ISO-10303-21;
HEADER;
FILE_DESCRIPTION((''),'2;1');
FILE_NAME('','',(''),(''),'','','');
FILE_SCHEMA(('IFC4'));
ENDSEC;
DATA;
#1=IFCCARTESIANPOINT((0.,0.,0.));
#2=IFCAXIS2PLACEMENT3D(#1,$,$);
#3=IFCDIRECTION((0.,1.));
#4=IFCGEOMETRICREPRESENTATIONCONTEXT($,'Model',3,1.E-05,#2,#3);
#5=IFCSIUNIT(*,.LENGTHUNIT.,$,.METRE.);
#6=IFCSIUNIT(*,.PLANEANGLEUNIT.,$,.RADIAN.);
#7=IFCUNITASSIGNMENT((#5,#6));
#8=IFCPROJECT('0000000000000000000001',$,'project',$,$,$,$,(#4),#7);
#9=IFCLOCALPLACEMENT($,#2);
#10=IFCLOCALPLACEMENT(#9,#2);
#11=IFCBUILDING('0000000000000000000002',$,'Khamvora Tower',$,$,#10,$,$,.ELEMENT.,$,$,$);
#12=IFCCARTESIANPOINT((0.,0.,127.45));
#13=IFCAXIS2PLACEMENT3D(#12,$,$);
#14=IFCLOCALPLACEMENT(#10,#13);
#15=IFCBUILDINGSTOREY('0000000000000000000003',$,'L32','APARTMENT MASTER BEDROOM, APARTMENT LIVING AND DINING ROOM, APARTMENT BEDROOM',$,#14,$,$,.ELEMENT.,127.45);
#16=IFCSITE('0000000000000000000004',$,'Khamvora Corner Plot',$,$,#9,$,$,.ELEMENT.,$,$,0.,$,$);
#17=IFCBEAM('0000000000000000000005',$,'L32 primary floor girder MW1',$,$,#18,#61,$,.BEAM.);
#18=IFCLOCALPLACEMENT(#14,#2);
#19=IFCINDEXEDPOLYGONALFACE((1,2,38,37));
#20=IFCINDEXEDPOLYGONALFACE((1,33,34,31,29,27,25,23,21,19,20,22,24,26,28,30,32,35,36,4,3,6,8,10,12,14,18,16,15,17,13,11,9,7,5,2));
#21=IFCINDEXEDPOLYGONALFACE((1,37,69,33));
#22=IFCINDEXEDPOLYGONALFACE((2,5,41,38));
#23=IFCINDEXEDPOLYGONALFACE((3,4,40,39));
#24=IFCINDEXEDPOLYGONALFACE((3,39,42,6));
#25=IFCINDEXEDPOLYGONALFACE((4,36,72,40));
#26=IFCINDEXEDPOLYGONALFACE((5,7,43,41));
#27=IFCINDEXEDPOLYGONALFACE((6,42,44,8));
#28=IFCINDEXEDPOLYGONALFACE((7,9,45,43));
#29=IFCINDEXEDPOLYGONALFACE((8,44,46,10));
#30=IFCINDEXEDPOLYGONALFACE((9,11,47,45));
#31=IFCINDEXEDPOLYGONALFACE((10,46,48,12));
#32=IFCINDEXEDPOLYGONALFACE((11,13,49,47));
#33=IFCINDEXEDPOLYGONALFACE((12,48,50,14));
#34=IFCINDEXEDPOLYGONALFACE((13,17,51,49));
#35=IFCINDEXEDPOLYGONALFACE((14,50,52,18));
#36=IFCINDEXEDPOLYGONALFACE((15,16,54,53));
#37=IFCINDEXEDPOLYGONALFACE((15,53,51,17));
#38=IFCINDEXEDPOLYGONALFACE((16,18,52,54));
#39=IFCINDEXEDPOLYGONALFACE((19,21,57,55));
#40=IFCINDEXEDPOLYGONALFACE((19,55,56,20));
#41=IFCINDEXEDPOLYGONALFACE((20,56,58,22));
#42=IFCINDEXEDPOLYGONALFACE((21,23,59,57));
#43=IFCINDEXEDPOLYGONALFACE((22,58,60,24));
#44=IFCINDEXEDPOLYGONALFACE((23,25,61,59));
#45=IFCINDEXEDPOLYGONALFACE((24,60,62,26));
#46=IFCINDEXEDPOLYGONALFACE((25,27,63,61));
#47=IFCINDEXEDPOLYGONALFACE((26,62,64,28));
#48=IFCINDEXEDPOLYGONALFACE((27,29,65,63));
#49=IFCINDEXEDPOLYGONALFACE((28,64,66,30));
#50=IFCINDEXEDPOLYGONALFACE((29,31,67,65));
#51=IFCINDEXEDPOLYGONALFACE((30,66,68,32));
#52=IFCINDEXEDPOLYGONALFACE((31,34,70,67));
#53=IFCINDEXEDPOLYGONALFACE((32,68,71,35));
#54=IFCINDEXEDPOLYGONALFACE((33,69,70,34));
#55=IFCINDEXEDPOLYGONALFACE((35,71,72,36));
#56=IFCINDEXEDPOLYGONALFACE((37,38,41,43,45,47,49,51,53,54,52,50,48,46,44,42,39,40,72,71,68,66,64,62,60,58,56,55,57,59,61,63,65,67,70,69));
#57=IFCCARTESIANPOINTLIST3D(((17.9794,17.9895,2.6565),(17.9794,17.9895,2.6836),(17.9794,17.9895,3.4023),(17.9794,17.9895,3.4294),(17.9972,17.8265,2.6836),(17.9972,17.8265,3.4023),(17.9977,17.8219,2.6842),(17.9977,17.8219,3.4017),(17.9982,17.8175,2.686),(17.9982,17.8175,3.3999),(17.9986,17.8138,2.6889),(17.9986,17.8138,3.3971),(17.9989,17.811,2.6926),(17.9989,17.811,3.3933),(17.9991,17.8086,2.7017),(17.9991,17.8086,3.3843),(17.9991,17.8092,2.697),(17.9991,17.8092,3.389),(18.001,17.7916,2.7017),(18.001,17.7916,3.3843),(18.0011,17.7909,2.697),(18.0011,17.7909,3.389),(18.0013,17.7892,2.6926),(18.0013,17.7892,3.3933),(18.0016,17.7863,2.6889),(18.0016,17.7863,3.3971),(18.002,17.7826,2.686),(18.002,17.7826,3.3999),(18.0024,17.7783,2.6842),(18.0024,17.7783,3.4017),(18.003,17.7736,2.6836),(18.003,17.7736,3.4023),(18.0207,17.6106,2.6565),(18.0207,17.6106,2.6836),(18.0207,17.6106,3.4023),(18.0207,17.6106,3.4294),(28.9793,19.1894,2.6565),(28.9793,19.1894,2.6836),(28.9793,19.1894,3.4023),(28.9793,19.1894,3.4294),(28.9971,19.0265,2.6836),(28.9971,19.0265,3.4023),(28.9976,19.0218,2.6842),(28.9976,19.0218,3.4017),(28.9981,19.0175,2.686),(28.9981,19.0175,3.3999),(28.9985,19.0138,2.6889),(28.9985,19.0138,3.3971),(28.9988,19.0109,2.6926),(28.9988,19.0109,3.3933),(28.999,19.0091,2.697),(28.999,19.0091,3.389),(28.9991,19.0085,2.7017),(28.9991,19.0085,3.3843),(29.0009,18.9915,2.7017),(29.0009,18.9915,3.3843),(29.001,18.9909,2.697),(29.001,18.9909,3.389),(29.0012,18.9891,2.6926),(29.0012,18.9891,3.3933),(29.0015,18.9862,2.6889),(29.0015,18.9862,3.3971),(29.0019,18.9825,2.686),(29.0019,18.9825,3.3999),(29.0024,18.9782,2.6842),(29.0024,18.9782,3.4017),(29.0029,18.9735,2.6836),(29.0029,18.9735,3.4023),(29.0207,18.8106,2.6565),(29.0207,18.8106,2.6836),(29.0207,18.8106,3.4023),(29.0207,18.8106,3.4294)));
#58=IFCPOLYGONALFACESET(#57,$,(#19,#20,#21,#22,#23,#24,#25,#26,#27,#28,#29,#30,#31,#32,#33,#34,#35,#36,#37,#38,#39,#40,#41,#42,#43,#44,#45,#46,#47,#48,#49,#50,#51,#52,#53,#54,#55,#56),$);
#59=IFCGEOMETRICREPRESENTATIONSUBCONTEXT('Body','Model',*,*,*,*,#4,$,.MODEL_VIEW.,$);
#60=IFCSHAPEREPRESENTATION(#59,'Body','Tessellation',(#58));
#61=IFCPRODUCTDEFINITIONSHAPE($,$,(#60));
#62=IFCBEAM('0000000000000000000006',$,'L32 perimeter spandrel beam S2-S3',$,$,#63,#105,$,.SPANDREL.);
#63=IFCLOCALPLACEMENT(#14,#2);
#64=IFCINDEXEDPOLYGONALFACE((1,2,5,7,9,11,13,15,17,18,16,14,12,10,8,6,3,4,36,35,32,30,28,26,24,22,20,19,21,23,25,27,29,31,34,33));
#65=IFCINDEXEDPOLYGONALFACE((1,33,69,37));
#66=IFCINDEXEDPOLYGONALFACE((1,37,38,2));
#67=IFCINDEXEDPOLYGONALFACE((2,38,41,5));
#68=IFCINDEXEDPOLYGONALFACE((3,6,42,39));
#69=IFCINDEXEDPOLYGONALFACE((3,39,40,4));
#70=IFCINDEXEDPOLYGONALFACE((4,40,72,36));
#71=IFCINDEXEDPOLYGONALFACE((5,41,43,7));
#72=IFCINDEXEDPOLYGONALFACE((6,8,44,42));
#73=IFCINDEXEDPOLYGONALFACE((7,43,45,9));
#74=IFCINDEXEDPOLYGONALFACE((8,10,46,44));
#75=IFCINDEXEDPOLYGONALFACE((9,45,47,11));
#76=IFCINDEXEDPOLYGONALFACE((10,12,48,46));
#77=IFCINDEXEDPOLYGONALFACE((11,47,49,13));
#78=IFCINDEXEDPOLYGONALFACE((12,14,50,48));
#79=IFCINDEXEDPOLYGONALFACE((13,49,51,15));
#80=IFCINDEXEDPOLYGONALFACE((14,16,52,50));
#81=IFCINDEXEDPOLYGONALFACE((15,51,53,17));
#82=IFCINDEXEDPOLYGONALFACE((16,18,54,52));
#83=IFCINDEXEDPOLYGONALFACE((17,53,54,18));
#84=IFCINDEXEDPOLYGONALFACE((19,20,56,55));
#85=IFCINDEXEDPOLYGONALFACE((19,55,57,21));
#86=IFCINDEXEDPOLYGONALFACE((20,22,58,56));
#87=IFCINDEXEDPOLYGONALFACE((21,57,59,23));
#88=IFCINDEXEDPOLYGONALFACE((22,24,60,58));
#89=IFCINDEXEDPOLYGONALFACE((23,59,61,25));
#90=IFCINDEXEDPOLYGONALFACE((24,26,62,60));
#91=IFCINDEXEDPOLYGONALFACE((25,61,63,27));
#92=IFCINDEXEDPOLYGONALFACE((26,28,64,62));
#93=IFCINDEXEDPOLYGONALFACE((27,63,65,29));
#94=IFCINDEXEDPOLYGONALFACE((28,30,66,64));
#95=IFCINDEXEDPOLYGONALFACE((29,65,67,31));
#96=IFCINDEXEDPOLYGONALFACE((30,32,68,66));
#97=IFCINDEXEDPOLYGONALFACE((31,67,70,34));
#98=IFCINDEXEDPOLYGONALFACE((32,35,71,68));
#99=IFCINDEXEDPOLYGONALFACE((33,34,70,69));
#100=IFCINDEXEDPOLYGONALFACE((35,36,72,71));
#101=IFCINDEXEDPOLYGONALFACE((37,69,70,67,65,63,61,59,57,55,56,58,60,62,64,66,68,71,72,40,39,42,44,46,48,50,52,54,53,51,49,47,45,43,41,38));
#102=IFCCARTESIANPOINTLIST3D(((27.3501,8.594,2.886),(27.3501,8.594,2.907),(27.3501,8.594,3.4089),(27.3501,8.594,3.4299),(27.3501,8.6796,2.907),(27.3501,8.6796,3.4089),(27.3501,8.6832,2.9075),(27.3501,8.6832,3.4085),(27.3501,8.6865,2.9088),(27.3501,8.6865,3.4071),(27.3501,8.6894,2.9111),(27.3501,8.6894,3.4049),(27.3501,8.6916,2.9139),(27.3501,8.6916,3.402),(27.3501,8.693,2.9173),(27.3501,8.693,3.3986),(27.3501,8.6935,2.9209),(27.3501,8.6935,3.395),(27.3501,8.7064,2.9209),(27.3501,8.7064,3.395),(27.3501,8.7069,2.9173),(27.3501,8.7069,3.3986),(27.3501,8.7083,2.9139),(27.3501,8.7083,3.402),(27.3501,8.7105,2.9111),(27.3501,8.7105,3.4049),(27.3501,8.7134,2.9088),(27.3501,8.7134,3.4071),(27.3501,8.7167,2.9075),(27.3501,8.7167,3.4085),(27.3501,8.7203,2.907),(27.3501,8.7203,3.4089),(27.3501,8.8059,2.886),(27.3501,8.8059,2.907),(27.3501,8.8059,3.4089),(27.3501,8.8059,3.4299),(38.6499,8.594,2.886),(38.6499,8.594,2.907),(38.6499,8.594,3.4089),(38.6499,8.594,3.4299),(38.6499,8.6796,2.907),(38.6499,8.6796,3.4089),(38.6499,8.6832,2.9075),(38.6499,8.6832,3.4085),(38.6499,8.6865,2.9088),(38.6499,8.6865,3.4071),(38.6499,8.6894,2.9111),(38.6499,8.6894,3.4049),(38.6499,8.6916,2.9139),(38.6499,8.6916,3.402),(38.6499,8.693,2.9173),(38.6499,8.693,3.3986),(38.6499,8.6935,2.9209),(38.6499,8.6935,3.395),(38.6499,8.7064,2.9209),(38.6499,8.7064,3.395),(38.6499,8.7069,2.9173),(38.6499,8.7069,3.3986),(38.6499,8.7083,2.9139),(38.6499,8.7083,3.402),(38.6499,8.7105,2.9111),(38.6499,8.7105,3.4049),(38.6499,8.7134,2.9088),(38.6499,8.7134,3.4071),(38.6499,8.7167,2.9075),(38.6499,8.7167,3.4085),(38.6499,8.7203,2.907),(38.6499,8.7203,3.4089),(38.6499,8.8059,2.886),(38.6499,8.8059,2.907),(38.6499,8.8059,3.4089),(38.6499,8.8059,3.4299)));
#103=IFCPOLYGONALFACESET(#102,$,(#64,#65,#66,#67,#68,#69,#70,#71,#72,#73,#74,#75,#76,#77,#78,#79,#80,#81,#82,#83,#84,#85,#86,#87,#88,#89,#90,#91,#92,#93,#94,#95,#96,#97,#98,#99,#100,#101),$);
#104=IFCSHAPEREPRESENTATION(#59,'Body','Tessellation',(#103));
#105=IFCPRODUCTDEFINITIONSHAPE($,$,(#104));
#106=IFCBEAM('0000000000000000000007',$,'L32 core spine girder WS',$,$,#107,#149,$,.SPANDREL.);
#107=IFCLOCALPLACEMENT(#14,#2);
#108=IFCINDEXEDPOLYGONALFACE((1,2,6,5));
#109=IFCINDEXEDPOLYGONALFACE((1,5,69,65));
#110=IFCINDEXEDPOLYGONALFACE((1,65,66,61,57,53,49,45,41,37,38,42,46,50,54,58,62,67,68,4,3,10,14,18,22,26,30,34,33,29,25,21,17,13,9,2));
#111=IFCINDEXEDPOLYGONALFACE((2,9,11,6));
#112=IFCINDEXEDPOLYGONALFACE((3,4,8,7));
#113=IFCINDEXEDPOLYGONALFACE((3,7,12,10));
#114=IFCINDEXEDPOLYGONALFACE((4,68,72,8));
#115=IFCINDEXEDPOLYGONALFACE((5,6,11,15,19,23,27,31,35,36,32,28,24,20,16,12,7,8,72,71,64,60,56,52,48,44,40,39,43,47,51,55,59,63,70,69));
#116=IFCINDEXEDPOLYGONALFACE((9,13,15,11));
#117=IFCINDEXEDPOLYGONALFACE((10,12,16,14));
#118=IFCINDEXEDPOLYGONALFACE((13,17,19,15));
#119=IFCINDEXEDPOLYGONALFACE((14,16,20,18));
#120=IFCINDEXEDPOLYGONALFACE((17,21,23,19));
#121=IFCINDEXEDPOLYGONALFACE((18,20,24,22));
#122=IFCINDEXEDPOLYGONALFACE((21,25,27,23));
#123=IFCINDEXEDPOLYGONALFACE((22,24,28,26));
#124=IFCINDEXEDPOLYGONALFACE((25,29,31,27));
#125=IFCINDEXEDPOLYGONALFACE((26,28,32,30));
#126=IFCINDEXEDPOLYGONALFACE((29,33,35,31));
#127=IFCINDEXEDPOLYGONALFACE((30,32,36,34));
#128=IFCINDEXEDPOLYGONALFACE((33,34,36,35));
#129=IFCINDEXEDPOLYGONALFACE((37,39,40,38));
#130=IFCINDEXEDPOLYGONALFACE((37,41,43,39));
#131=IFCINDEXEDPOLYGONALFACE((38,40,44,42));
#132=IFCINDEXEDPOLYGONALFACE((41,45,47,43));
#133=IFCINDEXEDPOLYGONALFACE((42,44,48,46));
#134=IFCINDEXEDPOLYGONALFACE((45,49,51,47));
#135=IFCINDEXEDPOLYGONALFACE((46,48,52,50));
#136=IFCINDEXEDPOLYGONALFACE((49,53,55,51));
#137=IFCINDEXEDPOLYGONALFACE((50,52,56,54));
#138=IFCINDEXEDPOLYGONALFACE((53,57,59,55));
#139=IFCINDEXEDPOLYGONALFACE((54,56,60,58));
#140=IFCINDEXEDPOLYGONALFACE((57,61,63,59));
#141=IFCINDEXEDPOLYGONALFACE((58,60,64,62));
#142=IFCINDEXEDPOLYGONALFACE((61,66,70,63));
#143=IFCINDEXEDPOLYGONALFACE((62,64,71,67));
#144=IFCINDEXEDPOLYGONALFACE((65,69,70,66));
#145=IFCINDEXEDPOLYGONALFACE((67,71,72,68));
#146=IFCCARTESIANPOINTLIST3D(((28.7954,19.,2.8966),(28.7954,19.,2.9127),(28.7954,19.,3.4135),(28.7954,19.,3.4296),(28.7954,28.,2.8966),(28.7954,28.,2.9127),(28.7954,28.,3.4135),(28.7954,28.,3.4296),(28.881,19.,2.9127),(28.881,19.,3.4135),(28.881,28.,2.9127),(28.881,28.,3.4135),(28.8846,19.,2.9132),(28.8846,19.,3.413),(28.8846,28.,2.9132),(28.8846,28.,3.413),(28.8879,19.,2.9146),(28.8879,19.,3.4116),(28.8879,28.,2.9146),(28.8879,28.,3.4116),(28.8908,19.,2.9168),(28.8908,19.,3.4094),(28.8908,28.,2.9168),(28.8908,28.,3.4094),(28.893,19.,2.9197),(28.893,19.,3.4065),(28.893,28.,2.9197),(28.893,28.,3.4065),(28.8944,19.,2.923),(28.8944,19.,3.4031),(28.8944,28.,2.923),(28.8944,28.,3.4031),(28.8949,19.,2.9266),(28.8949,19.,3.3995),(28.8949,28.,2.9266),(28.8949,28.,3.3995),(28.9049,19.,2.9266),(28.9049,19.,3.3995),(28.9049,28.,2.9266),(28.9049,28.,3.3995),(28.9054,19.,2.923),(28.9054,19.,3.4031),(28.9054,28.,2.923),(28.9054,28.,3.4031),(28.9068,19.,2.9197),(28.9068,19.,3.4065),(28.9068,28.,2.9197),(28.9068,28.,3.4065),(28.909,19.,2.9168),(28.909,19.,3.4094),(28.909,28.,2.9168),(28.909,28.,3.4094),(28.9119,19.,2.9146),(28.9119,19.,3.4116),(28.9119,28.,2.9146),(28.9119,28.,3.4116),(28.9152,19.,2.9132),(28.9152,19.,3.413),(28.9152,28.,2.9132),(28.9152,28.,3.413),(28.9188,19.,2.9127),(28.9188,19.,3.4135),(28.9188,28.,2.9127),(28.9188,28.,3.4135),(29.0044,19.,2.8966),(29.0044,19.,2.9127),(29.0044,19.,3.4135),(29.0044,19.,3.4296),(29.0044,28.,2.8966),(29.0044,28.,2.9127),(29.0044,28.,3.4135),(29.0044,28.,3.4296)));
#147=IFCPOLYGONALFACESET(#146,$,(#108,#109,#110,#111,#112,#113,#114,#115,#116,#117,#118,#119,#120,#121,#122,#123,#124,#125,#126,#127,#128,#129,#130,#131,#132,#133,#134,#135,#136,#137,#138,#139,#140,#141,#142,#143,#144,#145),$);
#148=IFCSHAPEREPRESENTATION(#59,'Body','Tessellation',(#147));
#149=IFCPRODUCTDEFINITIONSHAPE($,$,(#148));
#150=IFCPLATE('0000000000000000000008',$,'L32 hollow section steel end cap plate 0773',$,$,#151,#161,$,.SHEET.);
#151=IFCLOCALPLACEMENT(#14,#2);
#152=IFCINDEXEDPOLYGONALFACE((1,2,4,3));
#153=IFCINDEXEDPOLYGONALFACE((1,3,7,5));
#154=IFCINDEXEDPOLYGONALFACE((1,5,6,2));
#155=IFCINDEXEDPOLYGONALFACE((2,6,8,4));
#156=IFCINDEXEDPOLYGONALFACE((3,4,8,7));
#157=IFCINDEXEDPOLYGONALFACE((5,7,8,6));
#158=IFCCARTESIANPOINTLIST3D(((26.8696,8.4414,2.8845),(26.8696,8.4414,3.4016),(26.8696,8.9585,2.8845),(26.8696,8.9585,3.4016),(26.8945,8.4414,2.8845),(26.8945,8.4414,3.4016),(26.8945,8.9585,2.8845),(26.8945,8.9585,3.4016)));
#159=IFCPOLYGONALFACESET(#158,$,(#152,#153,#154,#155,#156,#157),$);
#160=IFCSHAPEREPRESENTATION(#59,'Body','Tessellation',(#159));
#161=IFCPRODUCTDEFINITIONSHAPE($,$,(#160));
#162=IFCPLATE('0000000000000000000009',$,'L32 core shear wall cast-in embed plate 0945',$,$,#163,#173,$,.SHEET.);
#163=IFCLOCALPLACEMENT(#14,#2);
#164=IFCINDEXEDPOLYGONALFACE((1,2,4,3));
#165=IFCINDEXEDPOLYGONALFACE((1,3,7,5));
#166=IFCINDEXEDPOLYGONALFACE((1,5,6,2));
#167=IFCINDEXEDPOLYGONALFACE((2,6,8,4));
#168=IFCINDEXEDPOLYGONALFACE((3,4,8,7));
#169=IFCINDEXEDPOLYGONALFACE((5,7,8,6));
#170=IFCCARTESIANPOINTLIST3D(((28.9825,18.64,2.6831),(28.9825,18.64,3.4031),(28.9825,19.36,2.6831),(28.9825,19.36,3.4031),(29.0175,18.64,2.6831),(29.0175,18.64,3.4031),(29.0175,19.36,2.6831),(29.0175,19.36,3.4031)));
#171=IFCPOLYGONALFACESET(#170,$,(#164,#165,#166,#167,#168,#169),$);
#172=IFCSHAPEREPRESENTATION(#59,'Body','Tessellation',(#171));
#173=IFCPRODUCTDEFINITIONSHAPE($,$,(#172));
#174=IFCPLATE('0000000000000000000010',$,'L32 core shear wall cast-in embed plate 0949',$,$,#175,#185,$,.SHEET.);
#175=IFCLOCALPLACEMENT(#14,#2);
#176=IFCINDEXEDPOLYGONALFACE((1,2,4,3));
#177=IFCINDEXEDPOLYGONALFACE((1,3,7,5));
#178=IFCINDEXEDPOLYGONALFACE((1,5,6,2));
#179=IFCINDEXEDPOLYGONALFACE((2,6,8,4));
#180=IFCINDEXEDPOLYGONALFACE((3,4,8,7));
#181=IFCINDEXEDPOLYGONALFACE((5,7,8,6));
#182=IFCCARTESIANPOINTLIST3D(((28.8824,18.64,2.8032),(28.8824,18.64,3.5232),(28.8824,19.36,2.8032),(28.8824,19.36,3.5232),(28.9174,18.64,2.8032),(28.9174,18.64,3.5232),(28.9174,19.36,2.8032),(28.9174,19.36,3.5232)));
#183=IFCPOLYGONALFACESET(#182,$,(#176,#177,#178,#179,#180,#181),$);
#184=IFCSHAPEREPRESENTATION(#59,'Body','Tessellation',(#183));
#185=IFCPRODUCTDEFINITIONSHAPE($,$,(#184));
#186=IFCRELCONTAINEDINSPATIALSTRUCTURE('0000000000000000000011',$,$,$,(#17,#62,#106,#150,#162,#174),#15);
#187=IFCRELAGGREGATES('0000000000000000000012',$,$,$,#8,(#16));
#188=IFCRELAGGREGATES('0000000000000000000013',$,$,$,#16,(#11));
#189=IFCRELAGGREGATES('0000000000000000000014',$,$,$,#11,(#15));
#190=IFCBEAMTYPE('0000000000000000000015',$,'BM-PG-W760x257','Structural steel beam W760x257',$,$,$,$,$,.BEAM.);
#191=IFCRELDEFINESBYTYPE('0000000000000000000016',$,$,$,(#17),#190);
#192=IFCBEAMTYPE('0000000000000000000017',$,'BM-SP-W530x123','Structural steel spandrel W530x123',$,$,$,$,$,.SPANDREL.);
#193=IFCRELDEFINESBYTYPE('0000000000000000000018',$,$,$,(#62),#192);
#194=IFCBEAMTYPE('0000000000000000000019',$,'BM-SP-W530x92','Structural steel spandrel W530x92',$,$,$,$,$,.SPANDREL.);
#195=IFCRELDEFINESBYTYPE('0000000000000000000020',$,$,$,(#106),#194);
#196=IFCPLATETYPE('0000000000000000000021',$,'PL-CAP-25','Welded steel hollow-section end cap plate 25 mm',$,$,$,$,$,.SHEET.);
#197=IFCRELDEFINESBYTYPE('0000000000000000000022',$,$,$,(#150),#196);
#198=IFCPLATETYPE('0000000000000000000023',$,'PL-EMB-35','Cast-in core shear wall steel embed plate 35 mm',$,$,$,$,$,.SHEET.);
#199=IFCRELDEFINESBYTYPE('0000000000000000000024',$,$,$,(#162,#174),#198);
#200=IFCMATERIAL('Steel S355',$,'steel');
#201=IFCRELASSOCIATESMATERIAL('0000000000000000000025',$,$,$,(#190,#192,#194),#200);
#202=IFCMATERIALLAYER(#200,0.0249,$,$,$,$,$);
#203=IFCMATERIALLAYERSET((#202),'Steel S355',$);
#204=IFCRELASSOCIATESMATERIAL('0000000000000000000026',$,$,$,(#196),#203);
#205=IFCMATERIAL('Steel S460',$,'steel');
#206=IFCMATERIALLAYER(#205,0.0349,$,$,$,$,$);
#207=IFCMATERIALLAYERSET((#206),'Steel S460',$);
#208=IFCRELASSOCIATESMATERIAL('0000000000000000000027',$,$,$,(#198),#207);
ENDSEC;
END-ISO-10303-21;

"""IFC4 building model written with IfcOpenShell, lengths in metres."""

from ifc_helpers import new_model, si_unit, direction, frame, origin, origin_2d, place, context, subcontext, project, spatial, rectangle, i_section, extrude, material, layer, layer_set, material_profile, profile_set, type_object, element, save


model = new_model("IFC4")

# Units and contexts
model_context = context("Model", 3, precision=1e-05, world=origin(), true_north=direction((0.0, 1.0)))
body_context = subcontext(model_context, "Body", "Model", "MODEL_VIEW")
ifc_project = project(units=[si_unit("LENGTHUNIT", "METRE"), si_unit("PLANEANGLEUNIT", "RADIAN")], contexts=[model_context])

# Site, building, storey
site_placement = place(None, origin())
site = spatial("IfcSite", under=ifc_project, at=site_placement, Name="Khamvora Corner Plot", CompositionType="ELEMENT", RefElevation=0.0)
building_placement = place(site_placement, origin())
building = spatial("IfcBuilding", under=site, at=building_placement, Name="Khamvora Tower", CompositionType="ELEMENT")
storey_placement = place(building_placement, frame((0.0, 0.0, 127.45)))
storey = spatial("IfcBuildingStorey", under=building, at=storey_placement, Name="L32", Description="APARTMENT MASTER BEDROOM, APARTMENT LIVING AND DINING ROOM, APARTMENT BEDROOM", CompositionType="ELEMENT", Elevation=127.45)

# Shared definitions
ifc_material_1 = material(Name="Steel S355", Category="steel")
ifc_material_2 = material(Name="Steel S460", Category="steel")

# Beams
ifc_material_profile_1 = material_profile(ifc_material_1, i_section(OverallWidth=0.3811, OverallDepth=0.7729, WebThickness=0.0171, FlangeThickness=0.0271, FilletRadius=0.0181, at=origin_2d()), Name="W760x257")
ifc_profile_set_1 = profile_set([ifc_material_profile_1], Name="Steel S355")
beam_type_1 = type_object("IfcBeamType", Name="BM-PG-W760x257", Description="Structural steel beam W760x257", PredefinedType="BEAM", material=ifc_profile_set_1)
beam_1_placement = place(storey_placement, frame((29.0, 19.0, 3.043), z_axis=(-0.994103, -0.108443, 0.0), x_axis=(0.108443, -0.994103, 0.0)))
element("IfcBeam", 1, at=beam_1_placement, inside=storey, type_object=beam_type_1, Name="L32 primary floor girder MW1", PredefinedType="BEAM", context=body_context, shape_type="SweptSolid", body=[
    extrude(i_section(OverallWidth=0.3811, OverallDepth=0.7729, WebThickness=0.0171, FlangeThickness=0.0271, FilletRadius=0.0181, at=origin_2d()), origin(), (0.0, 0.0, 1.0), 11.0652),
])
ifc_material_profile_2 = material_profile(ifc_material_1, i_section(OverallWidth=0.2119, OverallDepth=0.5439, WebThickness=0.0129, FlangeThickness=0.021, FilletRadius=0.0139, at=origin_2d()), Name="W530x123")
ifc_profile_set_2 = profile_set([ifc_material_profile_2], Name="Steel S355")
beam_type_2 = type_object("IfcBeamType", Name="BM-SP-W530x123", Description="Structural steel spandrel W530x123", PredefinedType="SPANDREL", material=ifc_profile_set_2)
beam_2_placement = place(storey_placement, frame((27.3501, 8.7, 3.158), z_axis=(1.0, 0.0, 0.0), x_axis=(0.0, 1.0, 0.0)))
element("IfcBeam", 2, at=beam_2_placement, inside=storey, type_object=beam_type_2, Name="L32 perimeter spandrel beam S2-S3", PredefinedType="SPANDREL", context=body_context, shape_type="SweptSolid", body=[
    extrude(i_section(OverallWidth=0.2119, OverallDepth=0.5439, WebThickness=0.0129, FlangeThickness=0.021, FilletRadius=0.0139, at=origin_2d()), origin(), (0.0, 0.0, 1.0), 11.2998),
])
ifc_material_profile_3 = material_profile(ifc_material_1, i_section(OverallWidth=0.209, OverallDepth=0.533, WebThickness=0.01, FlangeThickness=0.0161, FilletRadius=0.0139, at=origin_2d()), Name="W530x92")
ifc_profile_set_3 = profile_set([ifc_material_profile_3], Name="Steel S355")
beam_type_3 = type_object("IfcBeamType", Name="BM-SP-W530x92", Description="Structural steel spandrel W530x92", PredefinedType="SPANDREL", material=ifc_profile_set_3)
beam_3_placement = place(storey_placement, frame((28.8999, 19.0, 3.1631), z_axis=(0.0, 1.0, 0.0), x_axis=(-1.0, 0.0, 0.0)))
element("IfcBeam", 3, at=beam_3_placement, inside=storey, type_object=beam_type_3, Name="L32 core spine girder WS", PredefinedType="SPANDREL", context=body_context, shape_type="SweptSolid", body=[
    extrude(i_section(OverallWidth=0.209, OverallDepth=0.533, WebThickness=0.01, FlangeThickness=0.0161, FilletRadius=0.0139, at=origin_2d()), origin(), (0.0, 0.0, 1.0), 9.0),
])

# Plates
ifc_layer_1 = layer(ifc_material_1, 0.0249)
ifc_layer_set_1 = layer_set([ifc_layer_1], Name="Steel S355")
plate_type_1 = type_object("IfcPlateType", Name="PL-CAP-25", Description="Welded steel hollow-section end cap plate 25 mm", PredefinedType="SHEET", material=ifc_layer_set_1)
plate_1_placement = place(storey_placement, frame((26.8821, 8.7, 2.8845), z_axis=(0.0, 0.0, 1.0), x_axis=(1.0, 0.0, 0.0)))
element("IfcPlate", 4, at=plate_1_placement, inside=storey, type_object=plate_type_1, Name="L32 hollow section steel end cap plate 0773", PredefinedType="SHEET", context=body_context, shape_type="SweptSolid", body=[
    extrude(rectangle(XDim=0.0249, YDim=0.5171, at=origin_2d()), origin(), (0.0, 0.0, 1.0), 0.5171),
])
ifc_layer_2 = layer(ifc_material_2, 0.0349)
ifc_layer_set_2 = layer_set([ifc_layer_2], Name="Steel S460")
plate_type_2 = type_object("IfcPlateType", Name="PL-EMB-35", Description="Cast-in core shear wall steel embed plate 35 mm", PredefinedType="SHEET", material=ifc_layer_set_2)
for number, where, z_axis, x_axis, name in (
    (5, (29.0, 19.0, 2.6831), (0.0, 0.0, 1.0), (1.0, 0.0, 0.0), "L32 core shear wall cast-in embed plate 0945"),
    (6, (28.8999, 19.0, 2.8032), (0.0, 0.0, 1.0), (1.0, 0.0, 0.0), "L32 core shear wall cast-in embed plate 0949"),
):
    element("IfcPlate", number, at=place(storey_placement, frame(where, z_axis=z_axis, x_axis=x_axis)), inside=storey, type_object=plate_type_2, Name=name, PredefinedType="SHEET", context=body_context, shape_type="SweptSolid", body=[
        extrude(rectangle(XDim=0.0349, YDim=0.72, at=origin_2d()), origin(), (0.0, 0.0, 1.0), 0.72),
    ])

save(model, "model.ifc")
